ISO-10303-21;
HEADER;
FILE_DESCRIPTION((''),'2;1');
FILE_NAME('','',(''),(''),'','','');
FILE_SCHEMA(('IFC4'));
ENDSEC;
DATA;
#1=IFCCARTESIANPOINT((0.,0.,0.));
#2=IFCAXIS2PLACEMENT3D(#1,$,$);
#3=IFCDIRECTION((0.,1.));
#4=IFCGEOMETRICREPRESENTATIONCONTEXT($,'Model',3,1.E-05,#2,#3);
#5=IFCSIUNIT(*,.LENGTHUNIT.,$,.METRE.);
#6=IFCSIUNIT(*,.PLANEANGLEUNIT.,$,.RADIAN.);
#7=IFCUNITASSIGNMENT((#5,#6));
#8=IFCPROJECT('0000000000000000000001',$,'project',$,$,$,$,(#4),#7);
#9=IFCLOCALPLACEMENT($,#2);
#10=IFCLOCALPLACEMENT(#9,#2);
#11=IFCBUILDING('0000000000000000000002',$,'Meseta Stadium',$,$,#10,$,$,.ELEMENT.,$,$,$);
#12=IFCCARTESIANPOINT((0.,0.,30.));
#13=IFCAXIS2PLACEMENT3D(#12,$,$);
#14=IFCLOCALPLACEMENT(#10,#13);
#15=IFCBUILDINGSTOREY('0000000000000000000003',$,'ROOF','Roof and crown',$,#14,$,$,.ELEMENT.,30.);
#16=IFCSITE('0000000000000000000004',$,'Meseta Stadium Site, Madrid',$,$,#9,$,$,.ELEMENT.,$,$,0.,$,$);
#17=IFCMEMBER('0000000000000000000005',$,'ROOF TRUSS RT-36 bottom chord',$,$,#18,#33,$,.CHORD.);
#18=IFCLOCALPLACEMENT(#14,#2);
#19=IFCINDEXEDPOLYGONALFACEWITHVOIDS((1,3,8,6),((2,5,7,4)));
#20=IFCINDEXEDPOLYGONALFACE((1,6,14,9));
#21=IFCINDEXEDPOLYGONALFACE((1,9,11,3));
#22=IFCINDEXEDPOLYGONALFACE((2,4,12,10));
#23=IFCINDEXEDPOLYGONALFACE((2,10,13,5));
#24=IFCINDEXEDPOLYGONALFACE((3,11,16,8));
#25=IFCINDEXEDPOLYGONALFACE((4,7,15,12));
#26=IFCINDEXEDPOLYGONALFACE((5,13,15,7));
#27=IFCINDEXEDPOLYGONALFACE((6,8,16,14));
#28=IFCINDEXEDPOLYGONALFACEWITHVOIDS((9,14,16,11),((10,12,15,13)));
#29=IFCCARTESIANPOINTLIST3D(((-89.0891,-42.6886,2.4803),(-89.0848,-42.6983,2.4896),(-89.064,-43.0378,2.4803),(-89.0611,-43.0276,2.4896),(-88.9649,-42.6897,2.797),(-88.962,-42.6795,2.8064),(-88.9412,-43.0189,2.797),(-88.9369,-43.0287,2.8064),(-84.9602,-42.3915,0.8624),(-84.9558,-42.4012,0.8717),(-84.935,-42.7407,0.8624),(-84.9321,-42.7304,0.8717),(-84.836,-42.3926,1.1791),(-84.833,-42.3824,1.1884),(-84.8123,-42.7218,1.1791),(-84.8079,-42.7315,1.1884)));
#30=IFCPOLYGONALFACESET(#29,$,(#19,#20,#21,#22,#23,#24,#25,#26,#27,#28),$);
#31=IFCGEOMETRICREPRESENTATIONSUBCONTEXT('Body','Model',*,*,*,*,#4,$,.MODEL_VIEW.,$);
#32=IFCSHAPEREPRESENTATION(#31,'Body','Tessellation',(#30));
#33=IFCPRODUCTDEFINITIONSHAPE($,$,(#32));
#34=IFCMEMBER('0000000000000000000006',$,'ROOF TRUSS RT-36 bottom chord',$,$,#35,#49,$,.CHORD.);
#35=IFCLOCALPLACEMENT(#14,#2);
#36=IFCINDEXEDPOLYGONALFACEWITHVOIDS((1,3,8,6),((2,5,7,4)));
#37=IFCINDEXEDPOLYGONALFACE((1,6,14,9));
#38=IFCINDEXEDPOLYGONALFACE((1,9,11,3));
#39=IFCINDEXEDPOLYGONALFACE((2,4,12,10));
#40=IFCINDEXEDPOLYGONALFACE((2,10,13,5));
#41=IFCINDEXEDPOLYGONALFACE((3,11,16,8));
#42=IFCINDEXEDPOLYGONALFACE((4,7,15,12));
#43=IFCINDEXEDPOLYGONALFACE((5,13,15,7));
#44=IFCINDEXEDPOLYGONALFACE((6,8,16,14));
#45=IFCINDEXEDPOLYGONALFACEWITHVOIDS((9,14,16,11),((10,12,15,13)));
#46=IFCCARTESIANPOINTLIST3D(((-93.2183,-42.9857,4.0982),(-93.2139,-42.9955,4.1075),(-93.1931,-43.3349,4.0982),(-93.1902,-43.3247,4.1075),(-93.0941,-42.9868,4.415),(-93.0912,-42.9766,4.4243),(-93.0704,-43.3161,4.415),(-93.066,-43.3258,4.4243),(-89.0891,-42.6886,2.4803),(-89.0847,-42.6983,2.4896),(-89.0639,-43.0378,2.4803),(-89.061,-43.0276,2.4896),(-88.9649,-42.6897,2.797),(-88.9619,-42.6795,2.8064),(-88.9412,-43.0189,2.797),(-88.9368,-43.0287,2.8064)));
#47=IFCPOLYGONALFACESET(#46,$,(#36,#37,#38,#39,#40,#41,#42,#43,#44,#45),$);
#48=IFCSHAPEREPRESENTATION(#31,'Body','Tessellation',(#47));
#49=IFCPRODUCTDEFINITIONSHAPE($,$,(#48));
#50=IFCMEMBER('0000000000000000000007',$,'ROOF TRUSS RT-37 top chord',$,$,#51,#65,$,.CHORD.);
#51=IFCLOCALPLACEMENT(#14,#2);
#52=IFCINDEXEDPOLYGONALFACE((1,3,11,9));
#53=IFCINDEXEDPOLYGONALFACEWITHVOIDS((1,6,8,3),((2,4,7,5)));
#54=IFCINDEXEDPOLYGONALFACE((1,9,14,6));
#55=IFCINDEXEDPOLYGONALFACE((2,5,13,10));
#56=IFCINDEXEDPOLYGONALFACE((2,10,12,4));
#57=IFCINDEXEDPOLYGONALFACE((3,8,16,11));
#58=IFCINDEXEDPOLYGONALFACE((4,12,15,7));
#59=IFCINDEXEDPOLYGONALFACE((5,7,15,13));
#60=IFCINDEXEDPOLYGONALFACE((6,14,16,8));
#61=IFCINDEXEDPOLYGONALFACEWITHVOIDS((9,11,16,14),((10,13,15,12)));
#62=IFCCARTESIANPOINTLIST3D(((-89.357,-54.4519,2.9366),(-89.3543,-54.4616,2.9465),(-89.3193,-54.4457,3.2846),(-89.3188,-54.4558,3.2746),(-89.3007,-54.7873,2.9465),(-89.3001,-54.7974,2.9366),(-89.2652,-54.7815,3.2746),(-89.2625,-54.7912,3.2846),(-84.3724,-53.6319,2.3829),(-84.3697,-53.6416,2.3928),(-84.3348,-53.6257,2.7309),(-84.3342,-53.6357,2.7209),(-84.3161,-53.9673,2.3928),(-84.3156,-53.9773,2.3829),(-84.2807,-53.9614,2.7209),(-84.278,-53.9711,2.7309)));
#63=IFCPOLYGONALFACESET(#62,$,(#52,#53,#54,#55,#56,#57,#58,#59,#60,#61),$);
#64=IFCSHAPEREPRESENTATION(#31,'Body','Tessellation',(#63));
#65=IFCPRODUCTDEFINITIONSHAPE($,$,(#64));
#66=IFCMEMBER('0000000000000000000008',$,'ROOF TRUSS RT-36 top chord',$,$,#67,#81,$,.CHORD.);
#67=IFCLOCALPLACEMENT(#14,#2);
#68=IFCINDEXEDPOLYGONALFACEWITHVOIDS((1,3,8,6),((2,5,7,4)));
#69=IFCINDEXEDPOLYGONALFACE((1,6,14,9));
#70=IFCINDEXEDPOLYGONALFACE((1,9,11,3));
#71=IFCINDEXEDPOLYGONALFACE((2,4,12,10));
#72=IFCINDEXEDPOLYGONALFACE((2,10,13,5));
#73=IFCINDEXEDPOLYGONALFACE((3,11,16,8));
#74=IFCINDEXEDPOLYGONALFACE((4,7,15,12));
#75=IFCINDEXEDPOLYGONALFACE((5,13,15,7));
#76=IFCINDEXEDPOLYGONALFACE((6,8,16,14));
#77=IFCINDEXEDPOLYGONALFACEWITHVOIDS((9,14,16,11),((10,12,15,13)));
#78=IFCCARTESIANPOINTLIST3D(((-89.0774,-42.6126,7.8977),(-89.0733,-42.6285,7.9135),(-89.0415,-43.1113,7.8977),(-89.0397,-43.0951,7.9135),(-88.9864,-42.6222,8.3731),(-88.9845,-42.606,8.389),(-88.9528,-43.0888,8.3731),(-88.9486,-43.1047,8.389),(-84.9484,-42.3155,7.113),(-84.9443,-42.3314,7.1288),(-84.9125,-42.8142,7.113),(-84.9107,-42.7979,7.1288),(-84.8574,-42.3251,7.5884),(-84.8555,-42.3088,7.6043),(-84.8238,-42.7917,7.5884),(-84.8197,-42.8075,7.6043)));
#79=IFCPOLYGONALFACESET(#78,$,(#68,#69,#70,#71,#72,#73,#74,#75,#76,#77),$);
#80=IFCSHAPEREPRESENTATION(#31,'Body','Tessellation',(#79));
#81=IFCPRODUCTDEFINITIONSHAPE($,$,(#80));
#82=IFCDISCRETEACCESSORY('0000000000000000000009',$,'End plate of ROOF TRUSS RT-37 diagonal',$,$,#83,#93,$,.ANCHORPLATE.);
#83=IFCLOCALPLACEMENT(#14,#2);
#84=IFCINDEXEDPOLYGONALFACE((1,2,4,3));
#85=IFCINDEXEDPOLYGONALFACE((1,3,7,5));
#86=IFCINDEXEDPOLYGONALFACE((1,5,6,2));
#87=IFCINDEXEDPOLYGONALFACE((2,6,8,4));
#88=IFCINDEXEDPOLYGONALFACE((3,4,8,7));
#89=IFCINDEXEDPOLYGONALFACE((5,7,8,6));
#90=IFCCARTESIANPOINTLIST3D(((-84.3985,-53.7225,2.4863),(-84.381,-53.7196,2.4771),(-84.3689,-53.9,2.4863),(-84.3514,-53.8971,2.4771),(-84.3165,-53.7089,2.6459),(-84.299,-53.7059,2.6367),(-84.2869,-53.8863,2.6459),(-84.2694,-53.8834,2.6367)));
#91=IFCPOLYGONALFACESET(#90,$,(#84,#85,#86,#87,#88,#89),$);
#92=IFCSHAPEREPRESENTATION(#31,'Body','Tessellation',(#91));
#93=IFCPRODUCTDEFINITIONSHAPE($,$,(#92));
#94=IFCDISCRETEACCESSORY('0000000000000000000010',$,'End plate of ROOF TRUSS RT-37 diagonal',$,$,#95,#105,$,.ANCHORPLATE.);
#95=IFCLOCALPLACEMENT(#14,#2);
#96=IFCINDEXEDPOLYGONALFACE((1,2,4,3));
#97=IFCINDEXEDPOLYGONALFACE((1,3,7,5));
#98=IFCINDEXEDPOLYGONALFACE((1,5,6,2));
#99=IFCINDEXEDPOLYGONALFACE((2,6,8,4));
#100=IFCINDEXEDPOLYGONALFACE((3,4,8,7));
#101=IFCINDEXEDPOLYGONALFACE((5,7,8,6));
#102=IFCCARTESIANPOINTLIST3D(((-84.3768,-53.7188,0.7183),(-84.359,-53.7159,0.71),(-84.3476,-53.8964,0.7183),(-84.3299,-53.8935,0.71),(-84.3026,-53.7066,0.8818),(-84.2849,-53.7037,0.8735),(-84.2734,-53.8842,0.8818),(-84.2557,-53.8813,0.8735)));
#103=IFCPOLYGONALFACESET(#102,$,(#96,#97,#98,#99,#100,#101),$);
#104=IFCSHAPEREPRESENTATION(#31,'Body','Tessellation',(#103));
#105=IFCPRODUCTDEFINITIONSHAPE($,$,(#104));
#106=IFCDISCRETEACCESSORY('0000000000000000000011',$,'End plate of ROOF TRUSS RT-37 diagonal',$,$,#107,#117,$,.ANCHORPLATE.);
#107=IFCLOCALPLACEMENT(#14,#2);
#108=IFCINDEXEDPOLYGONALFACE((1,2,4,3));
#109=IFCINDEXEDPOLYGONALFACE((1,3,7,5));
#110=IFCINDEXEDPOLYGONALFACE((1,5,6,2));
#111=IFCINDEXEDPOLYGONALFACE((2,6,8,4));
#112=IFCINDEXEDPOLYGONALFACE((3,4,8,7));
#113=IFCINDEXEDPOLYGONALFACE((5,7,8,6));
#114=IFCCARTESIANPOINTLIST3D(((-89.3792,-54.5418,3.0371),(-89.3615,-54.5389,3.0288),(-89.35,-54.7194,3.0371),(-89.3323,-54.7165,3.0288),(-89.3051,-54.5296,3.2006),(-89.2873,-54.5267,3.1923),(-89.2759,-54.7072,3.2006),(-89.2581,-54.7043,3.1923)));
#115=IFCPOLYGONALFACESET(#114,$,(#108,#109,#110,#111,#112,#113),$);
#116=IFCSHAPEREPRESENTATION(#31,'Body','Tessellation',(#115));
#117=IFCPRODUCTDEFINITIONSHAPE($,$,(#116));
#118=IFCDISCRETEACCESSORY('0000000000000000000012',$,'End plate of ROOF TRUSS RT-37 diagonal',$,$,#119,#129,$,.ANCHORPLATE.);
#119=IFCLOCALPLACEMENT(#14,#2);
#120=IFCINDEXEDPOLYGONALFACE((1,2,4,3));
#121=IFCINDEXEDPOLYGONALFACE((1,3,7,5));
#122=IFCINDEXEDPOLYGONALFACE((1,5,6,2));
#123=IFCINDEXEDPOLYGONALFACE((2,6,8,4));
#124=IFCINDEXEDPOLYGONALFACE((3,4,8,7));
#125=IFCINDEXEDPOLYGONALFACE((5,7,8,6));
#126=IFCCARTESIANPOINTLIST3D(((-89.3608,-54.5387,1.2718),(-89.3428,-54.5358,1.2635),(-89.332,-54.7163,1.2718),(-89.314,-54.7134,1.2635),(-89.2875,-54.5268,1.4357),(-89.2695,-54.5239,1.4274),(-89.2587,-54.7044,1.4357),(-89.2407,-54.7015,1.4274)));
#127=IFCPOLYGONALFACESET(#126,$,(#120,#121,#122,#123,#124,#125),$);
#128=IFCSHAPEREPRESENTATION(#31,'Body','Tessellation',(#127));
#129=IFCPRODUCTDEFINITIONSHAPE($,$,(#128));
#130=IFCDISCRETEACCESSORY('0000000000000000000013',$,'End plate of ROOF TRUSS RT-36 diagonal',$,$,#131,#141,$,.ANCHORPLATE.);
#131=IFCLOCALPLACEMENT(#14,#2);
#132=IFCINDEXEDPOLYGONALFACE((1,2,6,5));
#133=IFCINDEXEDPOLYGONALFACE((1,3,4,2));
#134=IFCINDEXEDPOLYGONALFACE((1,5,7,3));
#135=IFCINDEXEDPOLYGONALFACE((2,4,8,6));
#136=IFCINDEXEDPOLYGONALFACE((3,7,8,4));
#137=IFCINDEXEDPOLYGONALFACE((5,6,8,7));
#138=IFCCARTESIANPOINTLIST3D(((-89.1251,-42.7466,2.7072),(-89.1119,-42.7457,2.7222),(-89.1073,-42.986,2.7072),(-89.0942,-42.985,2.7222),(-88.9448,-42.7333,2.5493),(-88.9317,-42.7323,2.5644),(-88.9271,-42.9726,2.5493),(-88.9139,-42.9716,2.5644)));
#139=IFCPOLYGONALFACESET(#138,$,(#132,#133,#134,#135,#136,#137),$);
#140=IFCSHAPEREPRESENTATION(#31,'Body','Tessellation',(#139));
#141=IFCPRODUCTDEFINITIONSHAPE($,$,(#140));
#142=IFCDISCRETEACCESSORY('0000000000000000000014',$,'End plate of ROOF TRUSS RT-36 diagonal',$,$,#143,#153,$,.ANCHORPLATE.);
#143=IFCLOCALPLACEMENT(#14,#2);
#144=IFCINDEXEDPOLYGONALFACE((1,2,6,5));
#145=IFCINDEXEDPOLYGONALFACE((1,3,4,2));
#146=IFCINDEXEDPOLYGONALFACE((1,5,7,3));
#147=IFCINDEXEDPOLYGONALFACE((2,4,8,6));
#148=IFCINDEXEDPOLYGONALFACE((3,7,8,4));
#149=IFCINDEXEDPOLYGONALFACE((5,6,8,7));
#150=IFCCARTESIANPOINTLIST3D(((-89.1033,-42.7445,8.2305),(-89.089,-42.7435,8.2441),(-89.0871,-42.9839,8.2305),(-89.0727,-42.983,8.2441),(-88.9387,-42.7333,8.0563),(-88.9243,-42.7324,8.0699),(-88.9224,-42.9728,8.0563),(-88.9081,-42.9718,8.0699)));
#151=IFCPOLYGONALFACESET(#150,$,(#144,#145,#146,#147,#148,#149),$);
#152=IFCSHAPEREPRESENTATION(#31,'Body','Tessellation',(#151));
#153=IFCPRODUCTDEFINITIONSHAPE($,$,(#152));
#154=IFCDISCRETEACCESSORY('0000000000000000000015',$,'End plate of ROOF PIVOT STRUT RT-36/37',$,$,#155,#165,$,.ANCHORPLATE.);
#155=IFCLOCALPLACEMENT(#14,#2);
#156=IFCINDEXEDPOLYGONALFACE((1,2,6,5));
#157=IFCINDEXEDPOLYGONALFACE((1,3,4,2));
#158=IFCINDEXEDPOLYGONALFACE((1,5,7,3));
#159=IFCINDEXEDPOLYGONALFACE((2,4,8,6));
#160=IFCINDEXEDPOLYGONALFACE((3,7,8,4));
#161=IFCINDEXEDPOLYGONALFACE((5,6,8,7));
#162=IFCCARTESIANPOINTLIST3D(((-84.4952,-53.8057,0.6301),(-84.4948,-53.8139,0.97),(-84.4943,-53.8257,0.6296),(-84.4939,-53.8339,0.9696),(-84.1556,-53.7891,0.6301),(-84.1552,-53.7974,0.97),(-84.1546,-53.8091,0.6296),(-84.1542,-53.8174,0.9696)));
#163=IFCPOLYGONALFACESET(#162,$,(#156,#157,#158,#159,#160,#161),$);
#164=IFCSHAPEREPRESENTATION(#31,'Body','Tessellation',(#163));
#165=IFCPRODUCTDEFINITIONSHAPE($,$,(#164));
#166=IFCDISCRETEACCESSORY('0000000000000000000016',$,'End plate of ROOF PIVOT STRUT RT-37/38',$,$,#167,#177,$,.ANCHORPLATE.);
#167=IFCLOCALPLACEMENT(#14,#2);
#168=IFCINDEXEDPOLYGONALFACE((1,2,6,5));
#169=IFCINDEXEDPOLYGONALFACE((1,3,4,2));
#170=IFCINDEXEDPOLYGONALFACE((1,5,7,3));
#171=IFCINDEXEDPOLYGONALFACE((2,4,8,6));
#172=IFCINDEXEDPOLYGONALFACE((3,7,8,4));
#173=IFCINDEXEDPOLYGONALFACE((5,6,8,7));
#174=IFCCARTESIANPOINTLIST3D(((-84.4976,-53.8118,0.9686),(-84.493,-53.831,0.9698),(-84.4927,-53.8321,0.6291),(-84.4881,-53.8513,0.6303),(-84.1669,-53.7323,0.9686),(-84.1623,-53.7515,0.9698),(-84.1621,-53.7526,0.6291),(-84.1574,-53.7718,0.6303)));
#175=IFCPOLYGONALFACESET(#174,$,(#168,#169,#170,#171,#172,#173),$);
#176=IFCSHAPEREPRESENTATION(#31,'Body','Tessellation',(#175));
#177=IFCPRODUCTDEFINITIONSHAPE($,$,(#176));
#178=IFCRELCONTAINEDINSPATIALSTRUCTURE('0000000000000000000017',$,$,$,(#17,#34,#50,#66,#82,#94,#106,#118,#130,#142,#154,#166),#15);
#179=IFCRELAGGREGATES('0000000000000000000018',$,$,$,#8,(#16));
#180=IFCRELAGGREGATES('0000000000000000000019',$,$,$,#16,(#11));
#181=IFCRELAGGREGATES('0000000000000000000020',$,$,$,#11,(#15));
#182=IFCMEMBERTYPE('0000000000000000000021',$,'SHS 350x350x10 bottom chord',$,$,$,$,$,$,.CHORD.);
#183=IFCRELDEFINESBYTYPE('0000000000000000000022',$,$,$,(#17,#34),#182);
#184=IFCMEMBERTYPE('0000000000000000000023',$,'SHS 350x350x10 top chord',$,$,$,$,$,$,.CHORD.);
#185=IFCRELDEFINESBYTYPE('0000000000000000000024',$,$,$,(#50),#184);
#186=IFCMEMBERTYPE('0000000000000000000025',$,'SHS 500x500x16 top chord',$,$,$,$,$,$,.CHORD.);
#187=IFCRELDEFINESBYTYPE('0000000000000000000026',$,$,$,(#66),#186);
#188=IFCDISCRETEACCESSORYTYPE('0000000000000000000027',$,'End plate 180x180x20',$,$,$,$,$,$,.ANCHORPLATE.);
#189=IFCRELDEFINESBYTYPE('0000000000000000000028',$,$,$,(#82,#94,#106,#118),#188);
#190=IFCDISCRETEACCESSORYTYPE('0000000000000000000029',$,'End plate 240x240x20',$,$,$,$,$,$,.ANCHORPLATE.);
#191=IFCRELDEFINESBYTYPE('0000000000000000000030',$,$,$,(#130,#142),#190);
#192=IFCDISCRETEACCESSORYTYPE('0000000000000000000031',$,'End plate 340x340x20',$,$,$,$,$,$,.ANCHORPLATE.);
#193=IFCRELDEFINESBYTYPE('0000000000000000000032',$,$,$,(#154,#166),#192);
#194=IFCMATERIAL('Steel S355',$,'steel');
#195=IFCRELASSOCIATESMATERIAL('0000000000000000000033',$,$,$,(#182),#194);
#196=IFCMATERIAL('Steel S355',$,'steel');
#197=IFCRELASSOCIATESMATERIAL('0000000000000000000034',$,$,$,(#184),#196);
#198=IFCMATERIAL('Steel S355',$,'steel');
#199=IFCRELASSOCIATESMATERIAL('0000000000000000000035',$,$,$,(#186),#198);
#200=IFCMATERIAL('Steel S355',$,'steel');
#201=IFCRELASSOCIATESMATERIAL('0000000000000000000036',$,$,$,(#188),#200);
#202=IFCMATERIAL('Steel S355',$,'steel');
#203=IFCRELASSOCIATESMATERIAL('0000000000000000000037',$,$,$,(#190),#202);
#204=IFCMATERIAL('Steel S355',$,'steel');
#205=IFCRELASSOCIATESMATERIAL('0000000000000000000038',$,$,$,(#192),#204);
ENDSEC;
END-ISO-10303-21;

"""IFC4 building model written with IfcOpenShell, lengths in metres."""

from ifc_helpers import new_model, si_unit, direction, frame, origin, origin_2d, place, context, subcontext, project, spatial, rectangle, hollow_rectangle, extrude, material, material_profile, profile_set, type_object, element, save


model = new_model("IFC4")

# Units and contexts
model_context = context("Model", 3, precision=1e-05, world=origin(), true_north=direction((0.0, 1.0)))
body_context = subcontext(model_context, "Body", "Model", "MODEL_VIEW")
ifc_project = project(units=[si_unit("LENGTHUNIT", "METRE"), si_unit("PLANEANGLEUNIT", "RADIAN")], contexts=[model_context])

# Site, building, storey
site_placement = place(None, origin())
site = spatial("IfcSite", under=ifc_project, at=site_placement, Name="Meseta Stadium Site, Madrid", CompositionType="ELEMENT", RefElevation=0.0)
building_placement = place(site_placement, origin())
building = spatial("IfcBuilding", under=site, at=building_placement, Name="Meseta Stadium", CompositionType="ELEMENT")
storey_placement = place(building_placement, frame((0.0, 0.0, 30.0)))
storey = spatial("IfcBuildingStorey", under=building, at=storey_placement, Name="ROOF", Description="Roof and crown", CompositionType="ELEMENT", Elevation=30.0)

# Members
ifc_material_1 = material(Name="Steel S355", Category="steel")
ifc_material_profile_1 = material_profile(ifc_material_1, hollow_rectangle(XDim=0.3501, YDim=0.3501, WallThickness=0.01, at=origin_2d()), Name="SHS 350x350x10")
ifc_profile_set_1 = profile_set([ifc_material_profile_1], Name="Steel S355")
member_type_1 = type_object("IfcMemberType", Name="SHS 350x350x10 bottom chord", PredefinedType="CHORD", material=ifc_profile_set_1)
member_1_placement = place(storey_placement, frame((-84.884, -42.5615, 1.0254), z_axis=(-0.928987, -0.066851, 0.364025), x_axis=(0.071775, -0.997421, 0.0)))
element("IfcMember", 1, at=member_1_placement, inside=storey, type_object=member_type_1, Name="ROOF TRUSS RT-36 bottom chord", PredefinedType="CHORD", context=body_context, shape_type="SweptSolid", body=[
    extrude(hollow_rectangle(XDim=0.3501, YDim=0.3501, WallThickness=0.01, at=origin_2d()), origin(), (0.0, 0.0, 1.0), 4.4446),
])
member_2_placement = place(storey_placement, frame((-89.0129, -42.8586, 2.6433), z_axis=(-0.928994, -0.066847, 0.364007), x_axis=(0.071771, -0.997421, 0.0)))
element("IfcMember", 2, at=member_2_placement, inside=storey, type_object=member_type_1, Name="ROOF TRUSS RT-36 bottom chord", PredefinedType="CHORD", context=body_context, shape_type="SweptSolid", body=[
    extrude(hollow_rectangle(XDim=0.3501, YDim=0.3501, WallThickness=0.01, at=origin_2d()), origin(), (0.0, 0.0, 1.0), 4.4448),
])
ifc_material_2 = material(Name="Steel S355", Category="steel")
ifc_material_profile_2 = material_profile(ifc_material_2, hollow_rectangle(XDim=0.3501, YDim=0.3501, WallThickness=0.01, at=origin_2d()), Name="SHS 350x350x10")
ifc_profile_set_2 = profile_set([ifc_material_profile_2], Name="Steel S355")
member_type_2 = type_object("IfcMemberType", Name="SHS 350x350x10 top chord", PredefinedType="CHORD", material=ifc_profile_set_2)
member_3_placement = place(storey_placement, frame((-84.3252, -53.8015, 2.5569), z_axis=(-0.980861, -0.161371, 0.108958), x_axis=(0.162337, -0.986735, 0.0)))
element("IfcMember", 3, at=member_3_placement, inside=storey, type_object=member_type_2, Name="ROOF TRUSS RT-37 top chord", PredefinedType="CHORD", context=body_context, shape_type="SweptSolid", body=[
    extrude(hollow_rectangle(XDim=0.3501, YDim=0.3501, WallThickness=0.01, at=origin_2d()), origin(), (0.0, 0.0, 1.0), 5.0818),
])
ifc_material_3 = material(Name="Steel S355", Category="steel")
ifc_material_profile_3 = material_profile(ifc_material_3, hollow_rectangle(XDim=0.5, YDim=0.5, WallThickness=0.0161, at=origin_2d()), Name="SHS 500x500x16")
ifc_profile_set_3 = profile_set([ifc_material_profile_3], Name="Steel S355")
member_type_3 = type_object("IfcMemberType", Name="SHS 500x500x16 top chord", PredefinedType="CHORD", material=ifc_profile_set_3)
member_4_placement = place(storey_placement, frame((-84.884, -42.5615, 7.3586), z_axis=(-0.979971, -0.070519, 0.186236), x_axis=(0.071775, -0.997421, 0.0)))
element("IfcMember", 4, at=member_4_placement, inside=storey, type_object=member_type_3, Name="ROOF TRUSS RT-36 top chord", PredefinedType="CHORD", context=body_context, shape_type="SweptSolid", body=[
    extrude(hollow_rectangle(XDim=0.5, YDim=0.5, WallThickness=0.0161, at=origin_2d()), origin(), (0.0, 0.0, 1.0), 4.2134),
])

# Discrete accessories
ifc_material_4 = material(Name="Steel S355", Category="steel")
ifc_material_profile_4 = material_profile(ifc_material_4, rectangle(XDim=0.1799, YDim=0.1799, at=origin_2d()), Name="PL 180x180")
ifc_profile_set_4 = profile_set([ifc_material_profile_4], Name="Steel S355")
discrete_accessory_type_1 = type_object("IfcDiscreteAccessoryType", Name="End plate 180x180x20", PredefinedType="ANCHORPLATE", material=ifc_profile_set_4)
discrete_accessory_1_placement = place(storey_placement, frame((-84.3252, -53.8015, 2.5569), z_axis=(-0.874931, -0.145822, 0.461769), x_axis=(0.164399, -0.986394, 0.0)))
element("IfcDiscreteAccessory", 5, at=discrete_accessory_1_placement, inside=storey, type_object=discrete_accessory_type_1, Name="End plate of ROOF TRUSS RT-37 diagonal", PredefinedType="ANCHORPLATE", context=body_context, shape_type="SweptSolid", body=[
    extrude(rectangle(XDim=0.1799, YDim=0.1799, at=origin_2d()), origin(), (0.0, 0.0, 1.0), 0.02),
])
for number, where, z_axis, x_axis, name in (
    (6, (-84.3074, -53.7986, 0.7917), (-0.8966, -0.147386, 0.417595), (0.162207, -0.986757, 0.0), "End plate of ROOF TRUSS RT-37 diagonal"),
    (7, (-89.3098, -54.6216, 3.1106), (-0.8966, -0.147386, 0.417595), (0.162207, -0.986757, 0.0), "End plate of ROOF TRUSS RT-37 diagonal"),
):
    element("IfcDiscreteAccessory", number, at=place(storey_placement, frame(where, z_axis=z_axis, x_axis=x_axis)), inside=storey, type_object=discrete_accessory_type_1, Name=name, PredefinedType="ANCHORPLATE", context=body_context, shape_type="SweptSolid", body=[
        extrude(rectangle(XDim=0.1799, YDim=0.1799, at=origin_2d()), origin(), (0.0, 0.0, 1.0), 0.0198),
    ])
discrete_accessory_2_placement = place(storey_placement, frame((-89.2917, -54.6187, 1.3455), z_axis=(-0.89897, -0.145779, 0.41304), x_axis=(0.160071, -0.987105, 0.0)))
element("IfcDiscreteAccessory", 8, at=discrete_accessory_2_placement, inside=storey, type_object=discrete_accessory_type_1, Name="End plate of ROOF TRUSS RT-37 diagonal", PredefinedType="ANCHORPLATE", context=body_context, shape_type="SweptSolid", body=[
    extrude(rectangle(XDim=0.1799, YDim=0.1799, at=origin_2d()), origin(), (0.0, 0.0, 1.0), 0.02),
])
ifc_material_5 = material(Name="Steel S355", Category="steel")
ifc_material_profile_5 = material_profile(ifc_material_5, rectangle(XDim=0.24, YDim=0.24, at=origin_2d()), Name="PL 240x240")
ifc_profile_set_5 = profile_set([ifc_material_profile_5], Name="Steel S355")
discrete_accessory_type_2 = type_object("IfcDiscreteAccessoryType", Name="End plate 240x240x20", PredefinedType="ANCHORPLATE", material=ifc_profile_set_5)
discrete_accessory_3_placement = place(storey_placement, frame((-89.0129, -42.8586, 2.6433), z_axis=(-0.656005, -0.048593, -0.753191), x_axis=(0.073872, -0.997268, 0.0)))
element("IfcDiscreteAccessory", 9, at=discrete_accessory_3_placement, inside=storey, type_object=discrete_accessory_type_2, Name="End plate of ROOF TRUSS RT-36 diagonal", PredefinedType="ANCHORPLATE", context=body_context, shape_type="SweptSolid", body=[
    extrude(rectangle(XDim=0.24, YDim=0.24, at=origin_2d()), origin(), (0.0, 0.0, 1.0), 0.02),
])
discrete_accessory_4_placement = place(storey_placement, frame((-88.9985, -42.8577, 8.157), z_axis=(-0.724431, -0.049114, -0.687596), x_axis=(0.067641, -0.99771, 0.0)))
element("IfcDiscreteAccessory", 10, at=discrete_accessory_4_placement, inside=storey, type_object=discrete_accessory_type_2, Name="End plate of ROOF TRUSS RT-36 diagonal", PredefinedType="ANCHORPLATE", context=body_context, shape_type="SweptSolid", body=[
    extrude(rectangle(XDim=0.24, YDim=0.24, at=origin_2d()), origin(), (0.0, 0.0, 1.0), 0.0198),
])
ifc_material_6 = material(Name="Steel S355", Category="steel")
ifc_material_profile_6 = material_profile(ifc_material_6, rectangle(XDim=0.3401, YDim=0.3401, at=origin_2d()), Name="PL 340x340")
ifc_profile_set_6 = profile_set([ifc_material_profile_6], Name="Steel S355")
discrete_accessory_type_3 = type_object("IfcDiscreteAccessoryType", Name="End plate 340x340x20", PredefinedType="ANCHORPLATE", material=ifc_profile_set_6)
discrete_accessory_5_placement = place(storey_placement, frame((-84.3252, -53.8015, 0.8), z_axis=(0.048708, -0.998516, -0.024354), x_axis=(0.998812, 0.048723, 0.0)))
element("IfcDiscreteAccessory", 11, at=discrete_accessory_5_placement, inside=storey, type_object=discrete_accessory_type_3, Name="End plate of ROOF PIVOT STRUT RT-36/37", PredefinedType="ANCHORPLATE", context=body_context, shape_type="SweptSolid", body=[
    extrude(rectangle(XDim=0.3401, YDim=0.3401, at=origin_2d()), origin(), (0.0, 0.0, 1.0), 0.02),
])
discrete_accessory_6_placement = place(storey_placement, frame((-84.3298, -53.7822, 0.7988), z_axis=(0.233397, -0.97044, 0.06142), x_axis=(0.972275, 0.233838, 0.0)))
element("IfcDiscreteAccessory", 12, at=discrete_accessory_6_placement, inside=storey, type_object=discrete_accessory_type_3, Name="End plate of ROOF PIVOT STRUT RT-37/38", PredefinedType="ANCHORPLATE", context=body_context, shape_type="SweptSolid", body=[
    extrude(rectangle(XDim=0.3401, YDim=0.3401, at=origin_2d()), origin(), (0.0, 0.0, 1.0), 0.0198),
])

save(model, "model.ifc")
